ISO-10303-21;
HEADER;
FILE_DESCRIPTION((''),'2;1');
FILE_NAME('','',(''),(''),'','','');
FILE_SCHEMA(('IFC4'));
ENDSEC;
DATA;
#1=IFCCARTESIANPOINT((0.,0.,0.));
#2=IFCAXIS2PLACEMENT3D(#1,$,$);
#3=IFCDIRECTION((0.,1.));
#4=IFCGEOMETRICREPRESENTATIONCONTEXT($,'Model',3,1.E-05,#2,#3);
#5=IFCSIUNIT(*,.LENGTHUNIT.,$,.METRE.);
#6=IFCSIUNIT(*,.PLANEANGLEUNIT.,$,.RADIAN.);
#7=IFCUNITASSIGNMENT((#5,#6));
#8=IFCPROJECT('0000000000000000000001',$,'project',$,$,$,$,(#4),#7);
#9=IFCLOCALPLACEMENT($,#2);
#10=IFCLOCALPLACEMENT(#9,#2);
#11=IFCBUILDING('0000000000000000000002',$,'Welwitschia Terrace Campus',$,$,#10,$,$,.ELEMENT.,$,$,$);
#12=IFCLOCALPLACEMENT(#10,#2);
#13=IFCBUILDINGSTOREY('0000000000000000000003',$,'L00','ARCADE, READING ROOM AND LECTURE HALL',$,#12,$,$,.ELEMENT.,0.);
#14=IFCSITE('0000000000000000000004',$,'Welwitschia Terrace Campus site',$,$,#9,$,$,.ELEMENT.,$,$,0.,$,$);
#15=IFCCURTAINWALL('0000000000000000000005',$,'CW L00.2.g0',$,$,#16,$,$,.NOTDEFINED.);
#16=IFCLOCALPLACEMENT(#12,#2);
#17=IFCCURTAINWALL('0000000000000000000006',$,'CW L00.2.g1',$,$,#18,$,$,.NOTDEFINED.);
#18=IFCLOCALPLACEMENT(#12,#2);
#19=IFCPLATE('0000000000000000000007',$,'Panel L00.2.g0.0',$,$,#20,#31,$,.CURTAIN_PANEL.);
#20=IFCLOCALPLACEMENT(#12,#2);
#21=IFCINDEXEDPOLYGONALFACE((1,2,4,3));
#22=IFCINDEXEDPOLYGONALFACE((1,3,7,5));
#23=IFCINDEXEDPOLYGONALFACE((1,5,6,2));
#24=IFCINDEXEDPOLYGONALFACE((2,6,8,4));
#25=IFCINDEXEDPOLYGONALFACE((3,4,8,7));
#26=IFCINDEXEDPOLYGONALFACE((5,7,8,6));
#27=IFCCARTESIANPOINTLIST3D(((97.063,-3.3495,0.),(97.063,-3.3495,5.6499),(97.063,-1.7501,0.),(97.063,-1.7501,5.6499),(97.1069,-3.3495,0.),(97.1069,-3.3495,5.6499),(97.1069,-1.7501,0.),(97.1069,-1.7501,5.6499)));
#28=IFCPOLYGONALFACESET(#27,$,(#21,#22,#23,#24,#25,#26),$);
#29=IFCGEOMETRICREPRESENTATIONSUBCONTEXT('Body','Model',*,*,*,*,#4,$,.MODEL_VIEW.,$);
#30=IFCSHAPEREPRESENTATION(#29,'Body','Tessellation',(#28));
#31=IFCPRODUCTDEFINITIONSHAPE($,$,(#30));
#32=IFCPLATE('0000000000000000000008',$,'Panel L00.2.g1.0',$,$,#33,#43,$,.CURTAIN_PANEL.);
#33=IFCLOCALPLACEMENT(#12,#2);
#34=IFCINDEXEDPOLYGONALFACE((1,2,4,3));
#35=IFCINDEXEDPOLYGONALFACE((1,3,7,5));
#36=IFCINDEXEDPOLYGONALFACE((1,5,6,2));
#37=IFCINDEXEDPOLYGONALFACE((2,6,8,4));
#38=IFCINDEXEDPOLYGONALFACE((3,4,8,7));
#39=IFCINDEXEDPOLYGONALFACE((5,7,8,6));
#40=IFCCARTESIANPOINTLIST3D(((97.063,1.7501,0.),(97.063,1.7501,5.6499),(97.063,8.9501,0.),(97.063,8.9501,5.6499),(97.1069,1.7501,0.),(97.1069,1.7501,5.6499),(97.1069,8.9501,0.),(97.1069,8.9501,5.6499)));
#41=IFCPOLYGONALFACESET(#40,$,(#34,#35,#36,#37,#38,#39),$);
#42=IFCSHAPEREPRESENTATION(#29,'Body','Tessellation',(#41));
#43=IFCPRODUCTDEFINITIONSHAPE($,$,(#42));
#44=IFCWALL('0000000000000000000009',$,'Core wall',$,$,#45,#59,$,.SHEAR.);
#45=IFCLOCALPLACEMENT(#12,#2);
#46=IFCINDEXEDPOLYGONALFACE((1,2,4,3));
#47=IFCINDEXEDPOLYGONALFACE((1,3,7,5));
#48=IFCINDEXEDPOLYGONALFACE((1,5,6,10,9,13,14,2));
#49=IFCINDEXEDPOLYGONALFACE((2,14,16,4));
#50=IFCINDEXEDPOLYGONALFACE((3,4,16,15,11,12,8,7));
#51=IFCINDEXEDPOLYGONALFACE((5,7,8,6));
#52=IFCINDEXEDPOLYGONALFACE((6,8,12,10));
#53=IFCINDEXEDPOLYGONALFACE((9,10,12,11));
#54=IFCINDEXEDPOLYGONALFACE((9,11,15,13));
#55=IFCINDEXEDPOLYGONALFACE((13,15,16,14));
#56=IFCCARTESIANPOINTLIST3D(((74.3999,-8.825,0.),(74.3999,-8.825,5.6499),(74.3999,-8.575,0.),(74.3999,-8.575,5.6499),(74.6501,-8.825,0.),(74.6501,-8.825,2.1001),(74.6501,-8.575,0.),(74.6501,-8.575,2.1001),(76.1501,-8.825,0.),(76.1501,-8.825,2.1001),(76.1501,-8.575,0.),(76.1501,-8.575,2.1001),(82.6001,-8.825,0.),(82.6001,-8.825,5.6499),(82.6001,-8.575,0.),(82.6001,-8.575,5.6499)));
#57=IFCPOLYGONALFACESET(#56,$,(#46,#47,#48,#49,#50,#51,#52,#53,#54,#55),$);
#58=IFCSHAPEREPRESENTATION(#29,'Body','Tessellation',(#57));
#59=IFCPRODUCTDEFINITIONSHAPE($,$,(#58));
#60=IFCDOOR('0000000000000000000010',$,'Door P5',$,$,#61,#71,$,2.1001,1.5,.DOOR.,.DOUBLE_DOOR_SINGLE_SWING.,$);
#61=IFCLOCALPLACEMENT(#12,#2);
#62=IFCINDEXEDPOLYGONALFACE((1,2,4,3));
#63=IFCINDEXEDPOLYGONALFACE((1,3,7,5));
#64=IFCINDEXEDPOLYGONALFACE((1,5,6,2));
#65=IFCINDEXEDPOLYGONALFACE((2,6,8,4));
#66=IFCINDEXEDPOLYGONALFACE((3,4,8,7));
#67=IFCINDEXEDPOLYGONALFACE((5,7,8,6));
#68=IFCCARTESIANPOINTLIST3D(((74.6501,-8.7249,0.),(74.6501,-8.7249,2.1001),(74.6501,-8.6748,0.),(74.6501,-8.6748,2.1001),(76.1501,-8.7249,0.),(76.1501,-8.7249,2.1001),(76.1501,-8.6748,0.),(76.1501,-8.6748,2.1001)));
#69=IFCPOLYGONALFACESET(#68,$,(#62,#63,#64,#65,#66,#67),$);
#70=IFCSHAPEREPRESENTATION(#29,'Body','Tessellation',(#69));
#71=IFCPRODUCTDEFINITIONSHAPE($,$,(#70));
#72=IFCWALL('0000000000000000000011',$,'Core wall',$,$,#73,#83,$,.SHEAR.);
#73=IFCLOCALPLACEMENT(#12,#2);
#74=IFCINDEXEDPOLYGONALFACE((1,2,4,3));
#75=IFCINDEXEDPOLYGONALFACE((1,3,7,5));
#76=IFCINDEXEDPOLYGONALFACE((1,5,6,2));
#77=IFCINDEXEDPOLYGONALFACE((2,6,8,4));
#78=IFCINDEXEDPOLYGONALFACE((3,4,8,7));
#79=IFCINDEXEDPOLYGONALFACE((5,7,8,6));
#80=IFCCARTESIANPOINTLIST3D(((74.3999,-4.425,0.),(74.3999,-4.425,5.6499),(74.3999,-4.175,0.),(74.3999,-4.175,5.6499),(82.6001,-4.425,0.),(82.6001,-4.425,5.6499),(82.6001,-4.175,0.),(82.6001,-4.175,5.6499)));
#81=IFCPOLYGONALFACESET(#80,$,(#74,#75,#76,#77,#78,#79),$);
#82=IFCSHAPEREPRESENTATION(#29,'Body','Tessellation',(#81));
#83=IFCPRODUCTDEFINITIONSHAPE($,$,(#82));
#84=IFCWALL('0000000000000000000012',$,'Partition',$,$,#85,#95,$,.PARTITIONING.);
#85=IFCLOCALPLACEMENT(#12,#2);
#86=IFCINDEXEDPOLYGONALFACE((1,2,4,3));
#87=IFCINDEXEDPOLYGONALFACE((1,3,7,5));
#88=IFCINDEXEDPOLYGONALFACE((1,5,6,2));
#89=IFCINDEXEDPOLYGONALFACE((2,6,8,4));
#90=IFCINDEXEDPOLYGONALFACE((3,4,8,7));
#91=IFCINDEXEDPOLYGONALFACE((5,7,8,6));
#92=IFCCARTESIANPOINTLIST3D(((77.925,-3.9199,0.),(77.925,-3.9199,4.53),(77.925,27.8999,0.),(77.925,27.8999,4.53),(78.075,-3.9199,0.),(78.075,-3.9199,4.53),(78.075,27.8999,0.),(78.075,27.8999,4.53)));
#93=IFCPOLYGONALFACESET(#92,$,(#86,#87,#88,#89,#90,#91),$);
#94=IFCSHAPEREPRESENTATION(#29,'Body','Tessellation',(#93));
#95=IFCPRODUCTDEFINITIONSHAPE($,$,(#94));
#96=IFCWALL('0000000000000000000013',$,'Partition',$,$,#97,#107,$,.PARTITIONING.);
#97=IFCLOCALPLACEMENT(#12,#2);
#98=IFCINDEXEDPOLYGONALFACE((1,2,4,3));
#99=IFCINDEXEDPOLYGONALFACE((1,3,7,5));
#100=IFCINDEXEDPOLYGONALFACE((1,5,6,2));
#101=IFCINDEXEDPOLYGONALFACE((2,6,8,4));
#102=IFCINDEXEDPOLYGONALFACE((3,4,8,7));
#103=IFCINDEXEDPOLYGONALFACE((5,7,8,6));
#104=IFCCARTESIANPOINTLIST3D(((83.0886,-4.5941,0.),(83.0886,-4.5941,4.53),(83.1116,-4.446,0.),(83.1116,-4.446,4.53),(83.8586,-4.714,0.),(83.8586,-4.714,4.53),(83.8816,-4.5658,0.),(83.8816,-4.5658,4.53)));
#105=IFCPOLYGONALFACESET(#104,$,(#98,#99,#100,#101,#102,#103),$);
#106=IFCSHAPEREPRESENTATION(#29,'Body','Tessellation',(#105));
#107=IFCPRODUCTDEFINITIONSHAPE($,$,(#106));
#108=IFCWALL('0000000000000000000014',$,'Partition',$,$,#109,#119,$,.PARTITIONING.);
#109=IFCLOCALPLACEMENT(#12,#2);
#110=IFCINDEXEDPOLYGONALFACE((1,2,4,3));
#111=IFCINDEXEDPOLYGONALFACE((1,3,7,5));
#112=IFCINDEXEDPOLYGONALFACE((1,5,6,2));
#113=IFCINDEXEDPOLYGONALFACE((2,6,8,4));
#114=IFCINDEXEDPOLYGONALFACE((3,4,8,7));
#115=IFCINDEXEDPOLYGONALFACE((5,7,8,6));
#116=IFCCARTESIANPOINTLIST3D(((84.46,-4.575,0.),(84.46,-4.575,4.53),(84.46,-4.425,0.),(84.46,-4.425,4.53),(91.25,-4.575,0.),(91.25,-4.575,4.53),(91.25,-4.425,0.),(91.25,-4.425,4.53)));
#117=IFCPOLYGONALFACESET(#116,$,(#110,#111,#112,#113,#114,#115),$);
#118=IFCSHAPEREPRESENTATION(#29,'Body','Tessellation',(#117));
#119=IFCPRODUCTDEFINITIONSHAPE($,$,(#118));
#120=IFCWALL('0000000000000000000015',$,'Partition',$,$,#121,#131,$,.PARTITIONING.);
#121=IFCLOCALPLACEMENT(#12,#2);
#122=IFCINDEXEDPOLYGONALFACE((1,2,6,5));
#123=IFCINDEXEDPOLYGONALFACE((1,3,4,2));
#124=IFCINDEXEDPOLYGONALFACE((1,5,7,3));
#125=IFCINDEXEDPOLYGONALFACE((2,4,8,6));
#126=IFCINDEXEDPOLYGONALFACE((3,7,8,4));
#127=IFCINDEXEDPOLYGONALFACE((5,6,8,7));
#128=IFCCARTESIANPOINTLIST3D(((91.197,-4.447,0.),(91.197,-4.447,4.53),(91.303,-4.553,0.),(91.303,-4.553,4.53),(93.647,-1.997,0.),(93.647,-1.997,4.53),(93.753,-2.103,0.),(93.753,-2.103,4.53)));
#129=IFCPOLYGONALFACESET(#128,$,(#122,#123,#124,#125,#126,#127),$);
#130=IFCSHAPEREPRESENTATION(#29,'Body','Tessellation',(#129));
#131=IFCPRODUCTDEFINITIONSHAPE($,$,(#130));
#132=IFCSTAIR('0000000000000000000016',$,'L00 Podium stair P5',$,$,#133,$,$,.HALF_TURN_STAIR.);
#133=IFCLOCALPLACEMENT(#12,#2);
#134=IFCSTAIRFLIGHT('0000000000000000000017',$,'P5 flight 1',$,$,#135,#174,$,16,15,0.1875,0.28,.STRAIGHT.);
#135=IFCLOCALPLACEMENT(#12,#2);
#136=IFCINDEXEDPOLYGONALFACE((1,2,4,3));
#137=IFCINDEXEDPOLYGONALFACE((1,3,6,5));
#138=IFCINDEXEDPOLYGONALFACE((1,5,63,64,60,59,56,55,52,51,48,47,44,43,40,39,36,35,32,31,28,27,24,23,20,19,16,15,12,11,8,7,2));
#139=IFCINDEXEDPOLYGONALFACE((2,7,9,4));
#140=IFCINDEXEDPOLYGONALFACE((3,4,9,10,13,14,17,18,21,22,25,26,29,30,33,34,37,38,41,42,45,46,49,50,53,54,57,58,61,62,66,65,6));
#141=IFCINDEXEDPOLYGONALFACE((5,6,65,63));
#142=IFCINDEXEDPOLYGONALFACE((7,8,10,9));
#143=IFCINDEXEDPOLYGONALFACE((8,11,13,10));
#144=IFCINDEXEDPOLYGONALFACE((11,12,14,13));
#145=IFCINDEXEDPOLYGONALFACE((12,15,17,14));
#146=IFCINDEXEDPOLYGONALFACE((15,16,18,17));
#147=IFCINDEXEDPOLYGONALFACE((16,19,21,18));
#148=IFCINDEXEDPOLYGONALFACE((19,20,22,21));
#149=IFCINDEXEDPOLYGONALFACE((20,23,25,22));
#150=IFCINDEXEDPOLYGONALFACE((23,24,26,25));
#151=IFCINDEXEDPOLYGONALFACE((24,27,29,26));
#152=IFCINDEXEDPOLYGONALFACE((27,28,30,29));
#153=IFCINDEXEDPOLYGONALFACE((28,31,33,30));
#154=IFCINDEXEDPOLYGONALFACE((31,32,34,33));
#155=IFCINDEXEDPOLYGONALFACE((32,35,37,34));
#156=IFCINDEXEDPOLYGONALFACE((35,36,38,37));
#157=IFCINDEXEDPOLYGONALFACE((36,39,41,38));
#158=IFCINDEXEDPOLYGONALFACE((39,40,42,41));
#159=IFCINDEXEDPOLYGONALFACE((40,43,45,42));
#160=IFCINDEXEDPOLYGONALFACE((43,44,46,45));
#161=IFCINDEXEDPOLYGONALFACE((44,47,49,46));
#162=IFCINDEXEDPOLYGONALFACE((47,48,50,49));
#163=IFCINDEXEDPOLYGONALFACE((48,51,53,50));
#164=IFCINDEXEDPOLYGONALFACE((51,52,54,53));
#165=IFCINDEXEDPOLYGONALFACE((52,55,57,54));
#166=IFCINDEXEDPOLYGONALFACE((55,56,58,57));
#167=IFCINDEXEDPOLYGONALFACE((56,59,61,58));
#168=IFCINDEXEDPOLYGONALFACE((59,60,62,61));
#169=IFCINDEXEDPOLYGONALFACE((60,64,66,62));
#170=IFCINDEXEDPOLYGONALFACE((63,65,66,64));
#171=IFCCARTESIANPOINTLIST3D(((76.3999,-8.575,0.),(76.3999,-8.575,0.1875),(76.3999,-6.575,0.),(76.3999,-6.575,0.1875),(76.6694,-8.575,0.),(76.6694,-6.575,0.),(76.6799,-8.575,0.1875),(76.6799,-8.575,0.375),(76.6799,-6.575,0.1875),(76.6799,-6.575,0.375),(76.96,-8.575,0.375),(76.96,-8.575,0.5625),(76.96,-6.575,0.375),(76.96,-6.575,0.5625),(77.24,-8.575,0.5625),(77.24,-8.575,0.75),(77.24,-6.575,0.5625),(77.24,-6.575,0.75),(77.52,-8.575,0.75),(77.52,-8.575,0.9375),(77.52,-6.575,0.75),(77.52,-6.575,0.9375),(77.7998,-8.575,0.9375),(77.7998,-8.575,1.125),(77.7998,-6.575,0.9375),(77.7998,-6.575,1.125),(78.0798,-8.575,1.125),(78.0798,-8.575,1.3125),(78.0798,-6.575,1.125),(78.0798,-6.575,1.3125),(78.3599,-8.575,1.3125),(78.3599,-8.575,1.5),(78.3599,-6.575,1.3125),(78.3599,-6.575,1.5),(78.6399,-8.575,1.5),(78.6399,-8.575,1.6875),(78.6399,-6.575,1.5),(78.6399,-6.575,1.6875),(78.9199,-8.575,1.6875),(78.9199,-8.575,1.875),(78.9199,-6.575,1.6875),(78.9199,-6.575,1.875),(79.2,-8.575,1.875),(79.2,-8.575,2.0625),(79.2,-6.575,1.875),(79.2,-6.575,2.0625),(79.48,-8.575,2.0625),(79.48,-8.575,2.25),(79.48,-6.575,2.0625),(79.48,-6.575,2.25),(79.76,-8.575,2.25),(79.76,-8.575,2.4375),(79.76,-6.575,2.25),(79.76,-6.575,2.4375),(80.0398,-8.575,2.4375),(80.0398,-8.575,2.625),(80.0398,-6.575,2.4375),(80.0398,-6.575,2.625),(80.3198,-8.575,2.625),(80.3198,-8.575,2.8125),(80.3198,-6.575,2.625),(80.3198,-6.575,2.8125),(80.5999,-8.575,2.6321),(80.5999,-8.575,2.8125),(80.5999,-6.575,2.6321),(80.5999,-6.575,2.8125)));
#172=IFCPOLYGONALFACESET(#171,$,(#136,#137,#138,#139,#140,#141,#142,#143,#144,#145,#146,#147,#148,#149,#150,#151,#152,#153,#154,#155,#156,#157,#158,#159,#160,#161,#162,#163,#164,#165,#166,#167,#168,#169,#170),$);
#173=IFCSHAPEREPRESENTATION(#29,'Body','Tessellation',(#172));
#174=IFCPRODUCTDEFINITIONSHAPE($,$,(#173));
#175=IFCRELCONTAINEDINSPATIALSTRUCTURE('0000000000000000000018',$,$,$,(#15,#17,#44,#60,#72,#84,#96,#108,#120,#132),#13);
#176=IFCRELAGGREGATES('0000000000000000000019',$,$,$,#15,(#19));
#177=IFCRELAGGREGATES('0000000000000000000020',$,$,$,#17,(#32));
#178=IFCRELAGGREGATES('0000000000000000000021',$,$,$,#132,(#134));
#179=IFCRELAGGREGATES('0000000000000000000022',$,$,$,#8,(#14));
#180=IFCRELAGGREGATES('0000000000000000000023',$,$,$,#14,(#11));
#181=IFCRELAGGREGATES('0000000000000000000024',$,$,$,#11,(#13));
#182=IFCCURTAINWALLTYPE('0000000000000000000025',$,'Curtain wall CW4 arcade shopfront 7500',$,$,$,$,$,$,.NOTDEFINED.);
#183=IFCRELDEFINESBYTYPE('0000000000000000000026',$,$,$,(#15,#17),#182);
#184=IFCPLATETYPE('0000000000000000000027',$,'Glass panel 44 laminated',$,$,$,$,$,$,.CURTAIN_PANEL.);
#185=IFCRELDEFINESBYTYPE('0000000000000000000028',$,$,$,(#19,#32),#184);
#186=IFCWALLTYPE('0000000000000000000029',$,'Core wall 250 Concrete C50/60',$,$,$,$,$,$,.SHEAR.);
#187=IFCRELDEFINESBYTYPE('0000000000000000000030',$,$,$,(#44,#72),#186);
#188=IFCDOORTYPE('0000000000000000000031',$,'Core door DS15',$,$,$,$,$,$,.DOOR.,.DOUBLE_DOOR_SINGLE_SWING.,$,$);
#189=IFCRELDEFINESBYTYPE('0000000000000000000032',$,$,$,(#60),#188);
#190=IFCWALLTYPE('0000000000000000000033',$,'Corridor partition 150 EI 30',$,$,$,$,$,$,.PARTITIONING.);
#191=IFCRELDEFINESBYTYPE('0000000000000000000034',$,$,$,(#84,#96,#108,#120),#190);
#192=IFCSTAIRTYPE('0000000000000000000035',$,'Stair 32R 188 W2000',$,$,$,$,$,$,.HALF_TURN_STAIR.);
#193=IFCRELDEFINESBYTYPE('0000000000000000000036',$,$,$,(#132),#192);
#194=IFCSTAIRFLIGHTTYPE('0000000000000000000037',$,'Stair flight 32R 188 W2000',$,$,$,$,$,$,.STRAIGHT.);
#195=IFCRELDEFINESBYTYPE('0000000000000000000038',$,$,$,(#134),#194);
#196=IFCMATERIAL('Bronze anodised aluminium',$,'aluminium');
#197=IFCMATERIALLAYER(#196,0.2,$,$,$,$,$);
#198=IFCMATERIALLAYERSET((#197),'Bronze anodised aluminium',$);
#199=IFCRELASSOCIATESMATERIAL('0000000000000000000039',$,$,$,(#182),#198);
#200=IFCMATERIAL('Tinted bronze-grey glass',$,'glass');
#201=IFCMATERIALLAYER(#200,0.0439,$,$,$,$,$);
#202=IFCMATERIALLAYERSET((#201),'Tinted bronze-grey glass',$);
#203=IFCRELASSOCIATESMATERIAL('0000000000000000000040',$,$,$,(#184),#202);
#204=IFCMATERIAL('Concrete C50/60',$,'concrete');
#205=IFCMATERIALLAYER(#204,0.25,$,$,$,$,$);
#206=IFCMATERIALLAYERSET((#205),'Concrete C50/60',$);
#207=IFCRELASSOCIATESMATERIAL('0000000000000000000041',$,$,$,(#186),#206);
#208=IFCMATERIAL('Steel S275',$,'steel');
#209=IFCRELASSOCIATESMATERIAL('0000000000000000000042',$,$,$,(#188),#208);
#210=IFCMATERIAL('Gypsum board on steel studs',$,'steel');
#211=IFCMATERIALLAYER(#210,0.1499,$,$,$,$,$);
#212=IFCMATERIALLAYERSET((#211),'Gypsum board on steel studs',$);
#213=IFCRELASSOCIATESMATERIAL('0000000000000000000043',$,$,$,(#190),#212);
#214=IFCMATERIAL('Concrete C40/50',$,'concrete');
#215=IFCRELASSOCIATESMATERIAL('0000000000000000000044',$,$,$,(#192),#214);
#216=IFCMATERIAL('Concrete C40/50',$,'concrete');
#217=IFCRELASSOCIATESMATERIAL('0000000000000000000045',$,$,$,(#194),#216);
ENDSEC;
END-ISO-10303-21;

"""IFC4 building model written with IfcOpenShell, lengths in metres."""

from ifc_helpers import new_model, si_unit, direction, frame, frame_2d, origin, origin_2d, place, context, subcontext, project, spatial, polyline, rectangle, outline, extrude, material, layer, layer_set, type_object, element, fill, aggregate, save


model = new_model("IFC4")

# Units and contexts
model_context = context("Model", 3, precision=1e-05, world=origin(), true_north=direction((0.0, 1.0)))
body_context = subcontext(model_context, "Body", "Model", "MODEL_VIEW")
ifc_project = project(units=[si_unit("LENGTHUNIT", "METRE"), si_unit("PLANEANGLEUNIT", "RADIAN")], contexts=[model_context])

# Site, building, storey
site_placement = place(None, origin())
site = spatial("IfcSite", under=ifc_project, at=site_placement, Name="Welwitschia Terrace Campus site", CompositionType="ELEMENT", RefElevation=0.0)
building_placement = place(site_placement, origin())
building = spatial("IfcBuilding", under=site, at=building_placement, Name="Welwitschia Terrace Campus", CompositionType="ELEMENT")
storey_placement = place(building_placement, origin())
storey = spatial("IfcBuildingStorey", under=building, at=storey_placement, Name="L00", Description="ARCADE, READING ROOM AND LECTURE HALL", CompositionType="ELEMENT", Elevation=0.0)

# Shared definitions
ifc_material_1 = material(Name="Bronze anodised aluminium", Category="aluminium")
ifc_layer_1 = layer(ifc_material_1, 0.2)
ifc_layer_set_1 = layer_set([ifc_layer_1], Name="Bronze anodised aluminium")
curtain_wall_type = type_object("IfcCurtainWallType", Name="Curtain wall CW4 arcade shopfront 7500", PredefinedType="NOTDEFINED", material=ifc_layer_set_1)

# Curtain wall
curtain_wall_1_placement = place(storey_placement, origin())
curtain_wall_1 = element("IfcCurtainWall", 1, at=curtain_wall_1_placement, inside=storey, type_object=curtain_wall_type, Name="CW L00.2.g0", PredefinedType="NOTDEFINED")

# Curtain wall
curtain_wall_2_placement = place(storey_placement, origin())
curtain_wall_2 = element("IfcCurtainWall", 2, at=curtain_wall_2_placement, inside=storey, type_object=curtain_wall_type, Name="CW L00.2.g1", PredefinedType="NOTDEFINED")

# Plates
ifc_material_2 = material(Name="Tinted bronze-grey glass", Category="glass")
ifc_layer_2 = layer(ifc_material_2, 0.0439)
ifc_layer_set_2 = layer_set([ifc_layer_2], Name="Tinted bronze-grey glass")
plate_type = type_object("IfcPlateType", Name="Glass panel 44 laminated", PredefinedType="CURTAIN_PANEL", material=ifc_layer_set_2)
plate_1_placement = place(storey_placement, frame((97.085, -2.5498, 0.0), z_axis=(0.0, 0.0, 1.0), x_axis=(0.0, 1.0, 0.0)))
plate_1 = element("IfcPlate", 3, at=plate_1_placement, type_object=plate_type, Name="Panel L00.2.g0.0", PredefinedType="CURTAIN_PANEL", context=body_context, shape_type="SweptSolid", body=[
    extrude(rectangle(XDim=1.5994, YDim=0.0439, at=origin_2d()), origin(), (0.0, 0.0, 1.0), 5.6499),
])
aggregate(curtain_wall_1, [plate_1])
plate_2_placement = place(storey_placement, frame((97.085, 5.3501, 0.0), z_axis=(0.0, 0.0, 1.0), x_axis=(0.0, 1.0, 0.0)))
plate_2 = element("IfcPlate", 4, at=plate_2_placement, type_object=plate_type, Name="Panel L00.2.g1.0", PredefinedType="CURTAIN_PANEL", context=body_context, shape_type="SweptSolid", body=[
    extrude(rectangle(XDim=7.2, YDim=0.0439, at=origin_2d()), origin(), (0.0, 0.0, 1.0), 5.6499),
])
aggregate(curtain_wall_2, [plate_2])

# Wall, opening, door
ifc_material_3 = material(Name="Concrete C50/60", Category="concrete")
ifc_layer_3 = layer(ifc_material_3, 0.25)
ifc_layer_set_3 = layer_set([ifc_layer_3], Name="Concrete C50/60")
wall_type_1 = type_object("IfcWallType", Name="Core wall 250 Concrete C50/60", PredefinedType="SHEAR", material=ifc_layer_set_3)
wall_1_placement = place(storey_placement, frame((82.6001, -8.7, 0.0), z_axis=(0.0, 0.0, 1.0), x_axis=(-1.0, 0.0, 0.0)))
wall_1 = element("IfcWall", 5, at=wall_1_placement, inside=storey, type_object=wall_type_1, Name="Core wall", PredefinedType="SHEAR", context=body_context, shape_type="SweptSolid", body=[
    extrude(rectangle(XDim=8.2002, YDim=0.25, at=frame_2d((4.1001, 0.0))), origin(), (0.0, 0.0, 1.0), 5.6499),
])
opening_1_placement = place(wall_1_placement, frame((6.45, 0.0, 0.0)))
opening_1 = element("IfcOpeningElement", 6, at=opening_1_placement, cuts=wall_1, PredefinedType="OPENING", context=body_context, shape_type="SweptSolid", body=[
    extrude(rectangle(XDim=1.5, YDim=2.1001, at=frame_2d((0.75, 1.05))), frame((0.0, 0.135, 0.0), z_axis=(0.0, -1.0, 0.0), x_axis=(1.0, 0.0, 0.0)), (0.0, 0.0, 1.0), 0.27),
])
ifc_material_4 = material(Name="Steel S275", Category="steel")
door_type_1 = type_object("IfcDoorType", Name="Core door DS15", OperationType="DOUBLE_DOOR_SINGLE_SWING", PredefinedType="DOOR", material=ifc_material_4)
door_1_placement = place(opening_1_placement, origin())
door_1 = element("IfcDoor", 7, at=door_1_placement, inside=storey, type_object=door_type_1, Name="Door P5", OperationType="DOUBLE_DOOR_SINGLE_SWING", OverallHeight=2.1001, OverallWidth=1.5, PredefinedType="DOOR", context=body_context, shape_type="SweptSolid", body=[
    extrude(rectangle(XDim=1.5, YDim=2.1001, at=frame_2d((0.75, 1.05))), frame((0.0, 0.0249, 0.0), z_axis=(0.0, -1.0, 0.0), x_axis=(1.0, 0.0, 0.0)), (0.0, 0.0, 1.0), 0.05),
])
fill(opening_1, door_1)

# Walls
wall_2_placement = place(storey_placement, frame((74.3999, -4.3, 0.0), z_axis=(0.0, 0.0, 1.0), x_axis=(1.0, 0.0, 0.0)))
element("IfcWall", 8, at=wall_2_placement, inside=storey, type_object=wall_type_1, Name="Core wall", PredefinedType="SHEAR", context=body_context, shape_type="SweptSolid", body=[
    extrude(rectangle(XDim=8.2002, YDim=0.25, at=frame_2d((4.1001, 0.0))), origin(), (0.0, 0.0, 1.0), 5.6499),
])
ifc_material_5 = material(Name="Gypsum board on steel studs", Category="steel")
ifc_layer_4 = layer(ifc_material_5, 0.1499)
ifc_layer_set_4 = layer_set([ifc_layer_4], Name="Gypsum board on steel studs")
wall_type_2 = type_object("IfcWallType", Name="Corridor partition 150 EI 30", PredefinedType="PARTITIONING", material=ifc_layer_set_4)
wall_3_placement = place(storey_placement, frame((78.0, -3.9199, 0.0), z_axis=(0.0, 0.0, 1.0), x_axis=(0.0, 1.0, 0.0)))
element("IfcWall", 9, at=wall_3_placement, inside=storey, type_object=wall_type_2, Name="Partition", PredefinedType="PARTITIONING", context=body_context, shape_type="SweptSolid", body=[
    extrude(rectangle(XDim=31.8198, YDim=0.1499, at=frame_2d((15.9099, 0.0))), origin(), (0.0, 0.0, 1.0), 4.53),
])
wall_4_placement = place(storey_placement, frame((83.1001, -4.52, 0.0), z_axis=(0.0, 0.0, 1.0), x_axis=(0.988098, -0.153823, 0.0)))
element("IfcWall", 10, at=wall_4_placement, inside=storey, type_object=wall_type_2, Name="Partition", PredefinedType="PARTITIONING", context=body_context, shape_type="SweptSolid", body=[
    extrude(rectangle(XDim=0.7793, YDim=0.1499, at=frame_2d((0.3896, 0.0))), origin(), (0.0, 0.0, 1.0), 4.53),
])
wall_5_placement = place(storey_placement, frame((84.46, -4.5, 0.0), z_axis=(0.0, 0.0, 1.0), x_axis=(1.0, 0.0, 0.0)))
element("IfcWall", 11, at=wall_5_placement, inside=storey, type_object=wall_type_2, Name="Partition", PredefinedType="PARTITIONING", context=body_context, shape_type="SweptSolid", body=[
    extrude(rectangle(XDim=6.79, YDim=0.1499, at=frame_2d((3.395, 0.0))), origin(), (0.0, 0.0, 1.0), 4.53),
])
wall_6_placement = place(storey_placement, frame((91.25, -4.5, 0.0), z_axis=(0.0, 0.0, 1.0), x_axis=(0.707107, 0.707107, 0.0)))
element("IfcWall", 12, at=wall_6_placement, inside=storey, type_object=wall_type_2, Name="Partition", PredefinedType="PARTITIONING", context=body_context, shape_type="SweptSolid", body=[
    extrude(rectangle(XDim=3.4648, YDim=0.1499, at=frame_2d((1.7324, 0.0))), origin(), (0.0, 0.0, 1.0), 4.53),
])

# Stair, stair flight
ifc_material_6 = material(Name="Concrete C40/50", Category="concrete")
stair_type = type_object("IfcStairType", Name="Stair 32R 188 W2000", PredefinedType="HALF_TURN_STAIR", material=ifc_material_6)
stair_placement = place(storey_placement, origin())
stair = element("IfcStair", 13, at=stair_placement, inside=storey, type_object=stair_type, Name="L00 Podium stair P5", PredefinedType="HALF_TURN_STAIR")
ifc_material_7 = material(Name="Concrete C40/50", Category="concrete")
stair_flight_type = type_object("IfcStairFlightType", Name="Stair flight 32R 188 W2000", PredefinedType="STRAIGHT", material=ifc_material_7)
stair_flight_1_placement = place(storey_placement, frame((76.3999, -7.575, 0.0), z_axis=(0.0, 0.0, 1.0), x_axis=(1.0, 0.0, 0.0)))
stair_flight_1 = element("IfcStairFlight", 14, at=stair_flight_1_placement, type_object=stair_flight_type, Name="P5 flight 1", NumberOfRisers=16, NumberOfTreads=15, PredefinedType="STRAIGHT", RiserHeight=0.1875, TreadLength=0.28, context=body_context, shape_type="SweptSolid", body=[
    extrude(outline(polyline([(0.0, 0.0), (0.0, 0.1875), (0.28, 0.1875), (0.28, 0.375), (0.5601, 0.375), (0.5601, 0.5625), (0.8401, 0.5625), (0.8401, 0.75), (1.1201, 0.75), (1.1201, 0.9375), (1.3999, 0.9375), (1.3999, 1.125), (1.6799, 1.125), (1.6799, 1.3125), (1.96, 1.3125), (1.96, 1.5), (2.24, 1.5), (2.24, 1.6875), (2.52, 1.6875), (2.52, 1.875), (2.8, 1.875), (2.8, 2.0625), (3.0801, 2.0625), (3.0801, 2.25), (3.3601, 2.25), (3.3601, 2.4375), (3.6399, 2.4375), (3.6399, 2.625), (3.9199, 2.625), (3.9199, 2.8125), (4.2, 2.8125), (4.2, 3.0), (4.2, 2.6321), (0.2695, 0.0), (0.0, 0.0)])), frame((0.0, 1.0, 0.0), z_axis=(0.0, -1.0, 0.0), x_axis=(1.0, 0.0, 0.0)), (0.0, 0.0, 1.0), 2.0),
])
aggregate(stair, [stair_flight_1])

save(model, "model.ifc")
